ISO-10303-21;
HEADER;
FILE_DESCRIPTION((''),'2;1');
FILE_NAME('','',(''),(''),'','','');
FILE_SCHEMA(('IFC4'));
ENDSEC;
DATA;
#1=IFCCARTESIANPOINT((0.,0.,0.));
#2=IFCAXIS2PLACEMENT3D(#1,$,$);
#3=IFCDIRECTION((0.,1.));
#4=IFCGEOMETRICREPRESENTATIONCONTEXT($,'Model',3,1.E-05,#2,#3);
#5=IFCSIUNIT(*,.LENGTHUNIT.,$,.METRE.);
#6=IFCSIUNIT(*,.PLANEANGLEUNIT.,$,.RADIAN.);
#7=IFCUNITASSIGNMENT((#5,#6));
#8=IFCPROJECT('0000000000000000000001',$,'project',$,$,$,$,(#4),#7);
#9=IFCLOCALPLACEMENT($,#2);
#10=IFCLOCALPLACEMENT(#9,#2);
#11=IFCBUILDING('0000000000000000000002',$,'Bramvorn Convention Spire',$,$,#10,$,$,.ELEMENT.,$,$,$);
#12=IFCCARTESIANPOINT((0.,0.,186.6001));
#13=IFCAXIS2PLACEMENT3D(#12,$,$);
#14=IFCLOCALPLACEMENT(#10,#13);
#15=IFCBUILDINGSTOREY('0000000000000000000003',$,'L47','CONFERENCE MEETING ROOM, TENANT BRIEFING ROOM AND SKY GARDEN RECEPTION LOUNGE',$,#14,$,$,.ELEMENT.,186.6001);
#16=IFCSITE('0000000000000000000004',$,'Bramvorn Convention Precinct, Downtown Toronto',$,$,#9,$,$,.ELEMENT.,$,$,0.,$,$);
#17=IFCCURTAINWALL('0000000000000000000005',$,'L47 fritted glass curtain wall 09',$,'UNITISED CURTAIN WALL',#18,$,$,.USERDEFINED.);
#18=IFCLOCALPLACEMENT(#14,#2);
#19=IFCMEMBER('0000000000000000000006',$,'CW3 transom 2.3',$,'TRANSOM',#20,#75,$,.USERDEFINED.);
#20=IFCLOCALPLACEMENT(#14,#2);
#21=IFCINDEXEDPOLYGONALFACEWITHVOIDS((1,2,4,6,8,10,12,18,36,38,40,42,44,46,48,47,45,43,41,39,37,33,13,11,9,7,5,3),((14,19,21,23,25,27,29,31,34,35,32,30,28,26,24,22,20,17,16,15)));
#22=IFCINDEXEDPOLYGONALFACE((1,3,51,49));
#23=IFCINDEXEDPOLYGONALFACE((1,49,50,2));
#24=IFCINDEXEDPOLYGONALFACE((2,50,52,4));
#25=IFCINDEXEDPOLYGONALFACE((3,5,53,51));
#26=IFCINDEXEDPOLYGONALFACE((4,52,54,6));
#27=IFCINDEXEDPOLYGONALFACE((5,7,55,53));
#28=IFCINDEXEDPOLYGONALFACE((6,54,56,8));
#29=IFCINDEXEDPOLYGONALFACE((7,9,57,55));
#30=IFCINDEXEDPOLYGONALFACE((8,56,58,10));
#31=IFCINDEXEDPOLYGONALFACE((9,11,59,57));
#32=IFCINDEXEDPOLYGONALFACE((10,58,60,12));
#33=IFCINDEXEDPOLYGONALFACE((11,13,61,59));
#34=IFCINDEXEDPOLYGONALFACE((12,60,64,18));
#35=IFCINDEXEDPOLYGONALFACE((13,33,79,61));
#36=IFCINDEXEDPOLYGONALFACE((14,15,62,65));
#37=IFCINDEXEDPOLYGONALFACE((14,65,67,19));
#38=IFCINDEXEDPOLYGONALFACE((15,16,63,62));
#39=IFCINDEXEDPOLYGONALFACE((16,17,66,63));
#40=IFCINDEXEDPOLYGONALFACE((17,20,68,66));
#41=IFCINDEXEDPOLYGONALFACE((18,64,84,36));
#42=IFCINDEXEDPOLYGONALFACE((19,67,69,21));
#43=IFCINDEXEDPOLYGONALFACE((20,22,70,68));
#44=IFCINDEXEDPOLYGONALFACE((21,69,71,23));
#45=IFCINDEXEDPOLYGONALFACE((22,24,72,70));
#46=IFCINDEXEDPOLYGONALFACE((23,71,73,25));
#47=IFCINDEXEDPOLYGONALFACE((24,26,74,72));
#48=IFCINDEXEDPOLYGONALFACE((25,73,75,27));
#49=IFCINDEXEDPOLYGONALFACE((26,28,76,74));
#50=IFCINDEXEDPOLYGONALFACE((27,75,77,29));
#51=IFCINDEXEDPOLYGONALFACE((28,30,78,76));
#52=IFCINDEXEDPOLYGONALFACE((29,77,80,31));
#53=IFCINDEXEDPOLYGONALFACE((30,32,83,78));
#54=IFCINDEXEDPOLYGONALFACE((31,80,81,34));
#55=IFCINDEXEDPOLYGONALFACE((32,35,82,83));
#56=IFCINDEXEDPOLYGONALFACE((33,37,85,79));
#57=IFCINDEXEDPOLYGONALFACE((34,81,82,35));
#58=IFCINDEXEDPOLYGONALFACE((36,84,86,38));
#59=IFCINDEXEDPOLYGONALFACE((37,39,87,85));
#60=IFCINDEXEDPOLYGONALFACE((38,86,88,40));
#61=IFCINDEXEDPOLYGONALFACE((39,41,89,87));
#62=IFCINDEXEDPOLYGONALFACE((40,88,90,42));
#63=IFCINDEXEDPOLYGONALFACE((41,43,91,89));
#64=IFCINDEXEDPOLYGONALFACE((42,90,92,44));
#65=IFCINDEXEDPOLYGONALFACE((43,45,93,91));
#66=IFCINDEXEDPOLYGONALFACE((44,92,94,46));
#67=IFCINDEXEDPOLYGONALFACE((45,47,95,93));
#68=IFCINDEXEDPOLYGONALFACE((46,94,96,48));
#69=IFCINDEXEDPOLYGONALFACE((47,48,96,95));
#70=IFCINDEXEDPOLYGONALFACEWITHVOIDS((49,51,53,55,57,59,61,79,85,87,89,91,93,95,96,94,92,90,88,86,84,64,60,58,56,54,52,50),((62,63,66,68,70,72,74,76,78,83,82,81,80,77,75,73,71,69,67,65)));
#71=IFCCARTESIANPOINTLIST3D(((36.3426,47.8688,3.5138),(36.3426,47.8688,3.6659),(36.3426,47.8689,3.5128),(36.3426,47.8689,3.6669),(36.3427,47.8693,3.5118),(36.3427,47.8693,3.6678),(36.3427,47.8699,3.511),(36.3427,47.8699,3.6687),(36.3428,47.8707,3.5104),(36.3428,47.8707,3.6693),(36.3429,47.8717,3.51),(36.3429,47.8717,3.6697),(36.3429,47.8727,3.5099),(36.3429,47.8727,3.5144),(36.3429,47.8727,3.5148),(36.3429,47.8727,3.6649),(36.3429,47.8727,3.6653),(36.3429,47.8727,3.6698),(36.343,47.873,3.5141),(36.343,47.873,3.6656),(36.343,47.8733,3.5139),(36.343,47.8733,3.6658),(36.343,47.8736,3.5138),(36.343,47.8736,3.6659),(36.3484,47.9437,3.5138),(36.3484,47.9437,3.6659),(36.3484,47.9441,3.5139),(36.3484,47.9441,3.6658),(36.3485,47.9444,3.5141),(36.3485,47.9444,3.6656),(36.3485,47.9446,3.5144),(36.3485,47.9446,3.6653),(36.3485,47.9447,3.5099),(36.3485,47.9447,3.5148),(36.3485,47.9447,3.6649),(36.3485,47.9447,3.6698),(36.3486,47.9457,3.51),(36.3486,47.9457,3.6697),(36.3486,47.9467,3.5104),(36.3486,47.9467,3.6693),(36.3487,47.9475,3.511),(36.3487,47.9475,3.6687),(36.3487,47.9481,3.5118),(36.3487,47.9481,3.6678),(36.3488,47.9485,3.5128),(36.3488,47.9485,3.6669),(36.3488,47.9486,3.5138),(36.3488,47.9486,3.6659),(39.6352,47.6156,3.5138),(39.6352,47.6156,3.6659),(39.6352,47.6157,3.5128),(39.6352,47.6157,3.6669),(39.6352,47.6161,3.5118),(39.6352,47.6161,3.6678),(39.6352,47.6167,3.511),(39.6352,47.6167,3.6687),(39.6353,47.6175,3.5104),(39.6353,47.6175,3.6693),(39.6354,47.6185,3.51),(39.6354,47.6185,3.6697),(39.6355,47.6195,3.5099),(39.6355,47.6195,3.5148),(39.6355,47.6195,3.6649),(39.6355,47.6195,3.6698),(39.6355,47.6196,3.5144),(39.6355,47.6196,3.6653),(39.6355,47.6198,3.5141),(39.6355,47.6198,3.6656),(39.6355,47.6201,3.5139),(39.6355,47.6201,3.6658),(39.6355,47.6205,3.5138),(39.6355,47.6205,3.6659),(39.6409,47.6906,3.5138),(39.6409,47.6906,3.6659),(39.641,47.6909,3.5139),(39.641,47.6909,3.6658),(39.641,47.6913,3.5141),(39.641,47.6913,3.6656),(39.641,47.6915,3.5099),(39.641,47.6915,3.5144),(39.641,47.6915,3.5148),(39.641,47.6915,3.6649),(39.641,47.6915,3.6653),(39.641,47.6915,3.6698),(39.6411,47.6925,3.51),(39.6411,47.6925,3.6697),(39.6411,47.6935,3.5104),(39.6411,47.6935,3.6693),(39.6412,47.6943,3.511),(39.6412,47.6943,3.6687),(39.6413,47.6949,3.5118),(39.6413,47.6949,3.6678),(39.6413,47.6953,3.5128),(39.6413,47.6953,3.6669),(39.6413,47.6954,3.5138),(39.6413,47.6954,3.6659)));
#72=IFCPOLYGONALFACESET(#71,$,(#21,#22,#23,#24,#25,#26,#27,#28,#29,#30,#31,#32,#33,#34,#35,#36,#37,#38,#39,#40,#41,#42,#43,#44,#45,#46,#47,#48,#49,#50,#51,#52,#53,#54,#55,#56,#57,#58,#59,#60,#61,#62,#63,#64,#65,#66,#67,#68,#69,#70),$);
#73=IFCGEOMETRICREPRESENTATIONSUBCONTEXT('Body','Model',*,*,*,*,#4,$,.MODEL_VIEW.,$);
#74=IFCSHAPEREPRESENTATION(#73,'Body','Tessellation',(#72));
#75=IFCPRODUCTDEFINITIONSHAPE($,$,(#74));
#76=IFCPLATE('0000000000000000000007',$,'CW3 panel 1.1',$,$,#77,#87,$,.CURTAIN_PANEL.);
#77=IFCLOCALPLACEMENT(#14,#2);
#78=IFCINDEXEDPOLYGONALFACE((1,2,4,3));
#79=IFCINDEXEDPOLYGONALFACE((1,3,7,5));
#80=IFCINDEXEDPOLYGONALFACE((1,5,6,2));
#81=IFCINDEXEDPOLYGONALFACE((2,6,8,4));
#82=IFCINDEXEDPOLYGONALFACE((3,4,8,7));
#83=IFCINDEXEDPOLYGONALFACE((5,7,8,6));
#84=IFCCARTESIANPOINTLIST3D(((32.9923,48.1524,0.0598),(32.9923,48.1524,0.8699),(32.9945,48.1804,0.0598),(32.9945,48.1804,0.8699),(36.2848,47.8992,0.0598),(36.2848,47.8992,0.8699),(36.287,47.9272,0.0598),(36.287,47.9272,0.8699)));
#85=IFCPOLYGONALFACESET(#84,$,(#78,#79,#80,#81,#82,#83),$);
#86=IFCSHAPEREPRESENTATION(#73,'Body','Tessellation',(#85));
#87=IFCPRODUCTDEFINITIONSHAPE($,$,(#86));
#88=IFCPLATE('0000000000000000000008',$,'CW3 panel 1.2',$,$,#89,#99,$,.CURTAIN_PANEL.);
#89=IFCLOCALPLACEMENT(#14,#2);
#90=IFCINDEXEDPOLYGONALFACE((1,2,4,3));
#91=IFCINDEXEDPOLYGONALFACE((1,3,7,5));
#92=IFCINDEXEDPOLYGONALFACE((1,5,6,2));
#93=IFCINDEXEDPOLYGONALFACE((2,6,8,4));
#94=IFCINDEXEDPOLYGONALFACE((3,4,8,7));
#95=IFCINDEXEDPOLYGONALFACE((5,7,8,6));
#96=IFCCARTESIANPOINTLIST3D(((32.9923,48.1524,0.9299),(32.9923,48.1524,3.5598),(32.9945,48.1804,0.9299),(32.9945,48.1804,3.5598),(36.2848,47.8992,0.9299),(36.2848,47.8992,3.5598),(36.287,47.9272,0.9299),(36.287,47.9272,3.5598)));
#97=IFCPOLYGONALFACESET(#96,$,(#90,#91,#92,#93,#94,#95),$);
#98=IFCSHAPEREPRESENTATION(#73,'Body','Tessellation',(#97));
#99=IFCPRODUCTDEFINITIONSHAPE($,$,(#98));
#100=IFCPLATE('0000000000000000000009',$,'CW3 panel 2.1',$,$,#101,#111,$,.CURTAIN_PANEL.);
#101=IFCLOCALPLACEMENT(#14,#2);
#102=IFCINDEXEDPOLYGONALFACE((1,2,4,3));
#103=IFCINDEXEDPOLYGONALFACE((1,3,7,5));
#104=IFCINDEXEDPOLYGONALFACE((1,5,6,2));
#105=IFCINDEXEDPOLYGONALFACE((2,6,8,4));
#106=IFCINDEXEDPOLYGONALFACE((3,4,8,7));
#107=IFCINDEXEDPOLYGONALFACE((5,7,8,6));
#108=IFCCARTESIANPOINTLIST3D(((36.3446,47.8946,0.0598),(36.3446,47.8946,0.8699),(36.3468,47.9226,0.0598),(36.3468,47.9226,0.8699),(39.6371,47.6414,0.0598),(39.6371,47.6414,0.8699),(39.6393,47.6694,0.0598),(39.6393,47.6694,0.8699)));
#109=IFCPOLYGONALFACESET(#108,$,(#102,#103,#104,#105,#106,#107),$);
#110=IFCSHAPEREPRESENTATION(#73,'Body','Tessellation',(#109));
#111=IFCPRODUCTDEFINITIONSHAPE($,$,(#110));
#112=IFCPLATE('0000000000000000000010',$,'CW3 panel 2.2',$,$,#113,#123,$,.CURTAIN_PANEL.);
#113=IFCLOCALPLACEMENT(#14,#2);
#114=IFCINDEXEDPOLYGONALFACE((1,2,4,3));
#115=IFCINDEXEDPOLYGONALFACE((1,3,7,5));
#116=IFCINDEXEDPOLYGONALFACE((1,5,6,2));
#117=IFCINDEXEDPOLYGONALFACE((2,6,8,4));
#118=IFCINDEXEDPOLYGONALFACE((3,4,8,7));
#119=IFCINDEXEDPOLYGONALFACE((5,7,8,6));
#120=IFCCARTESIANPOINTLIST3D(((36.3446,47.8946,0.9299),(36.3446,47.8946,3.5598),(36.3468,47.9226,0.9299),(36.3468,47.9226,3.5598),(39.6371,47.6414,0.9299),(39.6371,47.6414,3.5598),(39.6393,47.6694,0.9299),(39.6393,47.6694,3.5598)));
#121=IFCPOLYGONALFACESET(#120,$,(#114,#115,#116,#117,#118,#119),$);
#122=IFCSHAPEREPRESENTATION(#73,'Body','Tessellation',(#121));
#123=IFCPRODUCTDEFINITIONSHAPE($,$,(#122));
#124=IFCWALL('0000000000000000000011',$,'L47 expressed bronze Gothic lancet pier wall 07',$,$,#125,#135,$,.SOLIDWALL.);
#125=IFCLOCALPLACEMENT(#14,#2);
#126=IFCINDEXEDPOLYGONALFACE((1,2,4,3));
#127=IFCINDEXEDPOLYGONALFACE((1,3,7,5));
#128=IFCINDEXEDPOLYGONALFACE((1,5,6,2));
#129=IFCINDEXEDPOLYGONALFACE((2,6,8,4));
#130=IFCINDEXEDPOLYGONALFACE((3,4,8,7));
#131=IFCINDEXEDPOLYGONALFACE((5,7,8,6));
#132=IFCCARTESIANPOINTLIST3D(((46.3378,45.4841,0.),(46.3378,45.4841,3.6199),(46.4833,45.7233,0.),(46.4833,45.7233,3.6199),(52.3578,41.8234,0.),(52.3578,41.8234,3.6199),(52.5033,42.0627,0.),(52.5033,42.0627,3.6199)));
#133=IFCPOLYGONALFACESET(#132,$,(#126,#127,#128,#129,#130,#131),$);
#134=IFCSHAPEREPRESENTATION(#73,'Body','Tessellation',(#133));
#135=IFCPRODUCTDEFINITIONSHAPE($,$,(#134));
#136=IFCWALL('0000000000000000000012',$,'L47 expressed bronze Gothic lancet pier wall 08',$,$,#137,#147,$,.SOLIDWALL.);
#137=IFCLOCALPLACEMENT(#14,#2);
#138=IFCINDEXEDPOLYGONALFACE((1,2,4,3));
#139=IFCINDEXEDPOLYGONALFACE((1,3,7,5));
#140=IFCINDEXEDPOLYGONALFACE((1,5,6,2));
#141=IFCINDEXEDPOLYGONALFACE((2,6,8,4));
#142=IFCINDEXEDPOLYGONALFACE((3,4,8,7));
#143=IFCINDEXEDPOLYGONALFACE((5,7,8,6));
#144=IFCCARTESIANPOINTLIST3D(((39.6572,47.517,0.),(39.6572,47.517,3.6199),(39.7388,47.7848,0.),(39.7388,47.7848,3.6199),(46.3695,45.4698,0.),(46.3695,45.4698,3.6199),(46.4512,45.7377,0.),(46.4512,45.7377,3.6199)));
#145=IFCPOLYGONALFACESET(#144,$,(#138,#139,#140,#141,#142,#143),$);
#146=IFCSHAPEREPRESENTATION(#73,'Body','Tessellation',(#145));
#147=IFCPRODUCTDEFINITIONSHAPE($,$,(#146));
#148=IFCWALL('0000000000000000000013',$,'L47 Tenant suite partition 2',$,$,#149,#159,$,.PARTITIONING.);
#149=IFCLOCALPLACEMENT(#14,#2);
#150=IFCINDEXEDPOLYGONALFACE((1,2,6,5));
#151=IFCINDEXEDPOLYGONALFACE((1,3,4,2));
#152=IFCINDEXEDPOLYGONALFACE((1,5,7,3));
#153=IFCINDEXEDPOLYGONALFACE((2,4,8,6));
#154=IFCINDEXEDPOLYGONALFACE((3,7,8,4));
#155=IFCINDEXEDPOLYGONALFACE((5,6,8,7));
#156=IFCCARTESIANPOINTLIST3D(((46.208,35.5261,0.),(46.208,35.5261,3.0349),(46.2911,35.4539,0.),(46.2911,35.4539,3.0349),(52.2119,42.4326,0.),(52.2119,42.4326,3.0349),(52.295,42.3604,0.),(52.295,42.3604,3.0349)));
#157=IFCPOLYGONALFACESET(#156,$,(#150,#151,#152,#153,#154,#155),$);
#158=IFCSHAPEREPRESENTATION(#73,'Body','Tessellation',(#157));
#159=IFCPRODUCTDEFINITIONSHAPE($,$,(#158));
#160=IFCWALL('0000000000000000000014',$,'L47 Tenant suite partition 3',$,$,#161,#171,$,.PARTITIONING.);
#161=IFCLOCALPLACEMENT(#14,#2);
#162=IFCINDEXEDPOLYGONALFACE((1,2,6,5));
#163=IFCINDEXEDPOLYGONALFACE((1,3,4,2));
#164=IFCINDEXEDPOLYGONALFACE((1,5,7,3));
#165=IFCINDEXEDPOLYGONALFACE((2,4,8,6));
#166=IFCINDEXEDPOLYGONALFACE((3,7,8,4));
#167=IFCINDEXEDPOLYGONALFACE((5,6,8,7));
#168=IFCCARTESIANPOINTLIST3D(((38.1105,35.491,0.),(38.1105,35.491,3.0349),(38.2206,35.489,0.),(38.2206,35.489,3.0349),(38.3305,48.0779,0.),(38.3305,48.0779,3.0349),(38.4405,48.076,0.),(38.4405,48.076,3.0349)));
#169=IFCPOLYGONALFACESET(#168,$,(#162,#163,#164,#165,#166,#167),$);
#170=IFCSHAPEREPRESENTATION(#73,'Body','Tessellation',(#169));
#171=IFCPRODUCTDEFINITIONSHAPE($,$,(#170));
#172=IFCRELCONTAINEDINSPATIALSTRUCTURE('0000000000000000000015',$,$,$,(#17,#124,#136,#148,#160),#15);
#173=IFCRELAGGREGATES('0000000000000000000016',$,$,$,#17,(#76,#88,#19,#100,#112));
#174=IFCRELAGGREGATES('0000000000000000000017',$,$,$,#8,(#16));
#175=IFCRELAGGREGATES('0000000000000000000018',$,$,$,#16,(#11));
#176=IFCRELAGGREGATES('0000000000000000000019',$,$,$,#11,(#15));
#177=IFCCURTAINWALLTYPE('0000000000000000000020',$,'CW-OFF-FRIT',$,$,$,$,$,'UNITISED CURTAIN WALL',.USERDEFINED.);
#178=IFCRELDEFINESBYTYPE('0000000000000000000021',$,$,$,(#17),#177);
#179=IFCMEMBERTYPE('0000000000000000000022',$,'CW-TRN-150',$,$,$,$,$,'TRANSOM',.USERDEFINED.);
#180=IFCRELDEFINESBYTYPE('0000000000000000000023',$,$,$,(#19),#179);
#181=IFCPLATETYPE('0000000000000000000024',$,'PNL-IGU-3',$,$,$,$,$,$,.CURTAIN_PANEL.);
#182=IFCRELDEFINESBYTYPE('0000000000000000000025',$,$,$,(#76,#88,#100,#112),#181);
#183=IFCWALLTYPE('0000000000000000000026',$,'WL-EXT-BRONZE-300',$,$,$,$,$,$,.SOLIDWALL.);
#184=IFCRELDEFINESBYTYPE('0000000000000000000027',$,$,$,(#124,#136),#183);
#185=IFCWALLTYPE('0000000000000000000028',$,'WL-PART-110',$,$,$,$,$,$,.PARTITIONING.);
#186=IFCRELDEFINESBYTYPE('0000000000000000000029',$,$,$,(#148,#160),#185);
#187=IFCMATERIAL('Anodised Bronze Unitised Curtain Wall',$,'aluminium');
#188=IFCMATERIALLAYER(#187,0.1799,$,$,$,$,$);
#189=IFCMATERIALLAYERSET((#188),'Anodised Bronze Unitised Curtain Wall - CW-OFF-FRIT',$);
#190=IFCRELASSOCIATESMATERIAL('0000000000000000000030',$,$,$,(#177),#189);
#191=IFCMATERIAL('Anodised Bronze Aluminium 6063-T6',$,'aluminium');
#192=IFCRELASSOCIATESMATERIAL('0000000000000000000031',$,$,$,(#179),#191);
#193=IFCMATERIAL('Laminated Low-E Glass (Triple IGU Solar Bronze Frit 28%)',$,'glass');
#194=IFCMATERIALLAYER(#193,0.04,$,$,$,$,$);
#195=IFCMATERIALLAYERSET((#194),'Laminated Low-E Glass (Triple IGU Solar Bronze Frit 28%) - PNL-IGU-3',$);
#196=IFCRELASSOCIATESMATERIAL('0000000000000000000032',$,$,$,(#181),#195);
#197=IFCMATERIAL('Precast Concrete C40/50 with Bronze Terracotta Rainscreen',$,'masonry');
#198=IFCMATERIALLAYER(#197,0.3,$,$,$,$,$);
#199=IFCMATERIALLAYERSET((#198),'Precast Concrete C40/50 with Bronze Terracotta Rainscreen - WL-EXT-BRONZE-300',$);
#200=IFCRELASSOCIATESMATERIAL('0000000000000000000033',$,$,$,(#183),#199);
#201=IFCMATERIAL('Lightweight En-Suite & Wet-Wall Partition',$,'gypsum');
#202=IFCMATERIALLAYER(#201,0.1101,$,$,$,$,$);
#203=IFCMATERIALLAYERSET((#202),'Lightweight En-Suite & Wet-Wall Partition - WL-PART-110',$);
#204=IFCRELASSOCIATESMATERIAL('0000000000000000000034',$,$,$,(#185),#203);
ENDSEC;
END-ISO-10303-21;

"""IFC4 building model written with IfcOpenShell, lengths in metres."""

from ifc_helpers import new_model, si_unit, direction, frame, frame_2d, origin, origin_2d, place, context, subcontext, project, spatial, rectangle, hollow_rectangle, extrude, material, layer, layer_set, material_profile, profile_set, type_object, element, aggregate, save


model = new_model("IFC4")

# Units and contexts
model_context = context("Model", 3, precision=1e-05, world=origin(), true_north=direction((0.0, 1.0)))
body_context = subcontext(model_context, "Body", "Model", "MODEL_VIEW")
ifc_project = project(units=[si_unit("LENGTHUNIT", "METRE"), si_unit("PLANEANGLEUNIT", "RADIAN")], contexts=[model_context])

# Site, building, storey
site_placement = place(None, origin())
site = spatial("IfcSite", under=ifc_project, at=site_placement, Name="Bramvorn Convention Precinct, Downtown Toronto", CompositionType="ELEMENT", RefElevation=0.0)
building_placement = place(site_placement, origin())
building = spatial("IfcBuilding", under=site, at=building_placement, Name="Bramvorn Convention Spire", CompositionType="ELEMENT")
storey_placement = place(building_placement, frame((0.0, 0.0, 186.6001)))
storey = spatial("IfcBuildingStorey", under=building, at=storey_placement, Name="L47", Description="CONFERENCE MEETING ROOM, TENANT BRIEFING ROOM AND SKY GARDEN RECEPTION LOUNGE", CompositionType="ELEMENT", Elevation=186.6001)

# Curtain wall, member, plates
ifc_material_1 = material(Name="Anodised Bronze Unitised Curtain Wall", Category="aluminium")
ifc_layer_1 = layer(ifc_material_1, 0.1799)
ifc_layer_set_1 = layer_set([ifc_layer_1], Name="Anodised Bronze Unitised Curtain Wall - CW-OFF-FRIT")
curtain_wall_type = type_object("IfcCurtainWallType", Name="CW-OFF-FRIT", ElementType="UNITISED CURTAIN WALL", PredefinedType="USERDEFINED", material=ifc_layer_set_1)
curtain_wall_placement = place(storey_placement, origin())
curtain_wall = element("IfcCurtainWall", 1, at=curtain_wall_placement, inside=storey, type_object=curtain_wall_type, Name="L47 fritted glass curtain wall 09", ObjectType="UNITISED CURTAIN WALL", PredefinedType="USERDEFINED")
ifc_material_2 = material(Name="Anodised Bronze Aluminium 6063-T6", Category="aluminium")
ifc_material_profile_1 = material_profile(ifc_material_2, hollow_rectangle(XDim=0.0801, YDim=0.1599, WallThickness=0.0039, InnerFilletRadius=0.001, OuterFilletRadius=0.0039, at=origin_2d()))
ifc_profile_set_1 = profile_set([ifc_material_profile_1], Name="Anodised Bronze Aluminium 6063-T6 - CWT80X160")
member_type_1 = type_object("IfcMemberType", Name="CW-TRN-150", ElementType="TRANSOM", PredefinedType="USERDEFINED", material=ifc_profile_set_1)
member_1_placement = place(storey_placement, frame((36.3457, 47.9087, 3.5898), z_axis=(0.997057, -0.076668, 0.0), x_axis=(0.076668, 0.997057, 0.0)))
member_1 = element("IfcMember", 2, at=member_1_placement, type_object=member_type_1, Name="CW3 transom 2.3", ObjectType="TRANSOM", PredefinedType="USERDEFINED", context=body_context, shape_type="SweptSolid", body=[
    extrude(hollow_rectangle(XDim=0.0801, YDim=0.1599, WallThickness=0.0039, InnerFilletRadius=0.001, OuterFilletRadius=0.0039, at=origin_2d()), origin(), (0.0, 0.0, 1.0), 3.3022),
])
ifc_material_3 = material(Name="Laminated Low-E Glass (Triple IGU Solar Bronze Frit 28%)", Category="glass")
ifc_layer_2 = layer(ifc_material_3, 0.04)
ifc_layer_set_2 = layer_set([ifc_layer_2], Name="Laminated Low-E Glass (Triple IGU Solar Bronze Frit 28%) - PNL-IGU-3")
plate_type = type_object("IfcPlateType", Name="PNL-IGU-3", PredefinedType="CURTAIN_PANEL", material=ifc_layer_set_2)
plate_1_placement = place(storey_placement, frame((34.6396, 48.0398, 0.0598), z_axis=(0.0, 0.0, 1.0), x_axis=(0.997056, -0.076675, 0.0)))
plate_1 = element("IfcPlate", 3, at=plate_1_placement, type_object=plate_type, Name="CW3 panel 1.1", PredefinedType="CURTAIN_PANEL", context=body_context, shape_type="SweptSolid", body=[
    extrude(rectangle(XDim=3.3022, YDim=0.0281, at=origin_2d()), origin(), (0.0, 0.0, 1.0), 0.8101),
])
plate_2_placement = place(storey_placement, frame((34.6396, 48.0398, 0.9299), z_axis=(0.0, 0.0, 1.0), x_axis=(0.997056, -0.076675, 0.0)))
plate_2 = element("IfcPlate", 4, at=plate_2_placement, type_object=plate_type, Name="CW3 panel 1.2", PredefinedType="CURTAIN_PANEL", context=body_context, shape_type="SweptSolid", body=[
    extrude(rectangle(XDim=3.3022, YDim=0.0281, at=origin_2d()), origin(), (0.0, 0.0, 1.0), 2.6299),
])
plate_3_placement = place(storey_placement, frame((37.9919, 47.782, 0.0598), z_axis=(0.0, 0.0, 1.0), x_axis=(0.997056, -0.076675, 0.0)))
plate_3 = element("IfcPlate", 5, at=plate_3_placement, type_object=plate_type, Name="CW3 panel 2.1", PredefinedType="CURTAIN_PANEL", context=body_context, shape_type="SweptSolid", body=[
    extrude(rectangle(XDim=3.3022, YDim=0.0281, at=origin_2d()), origin(), (0.0, 0.0, 1.0), 0.8101),
])
plate_4_placement = place(storey_placement, frame((37.9919, 47.782, 0.9299), z_axis=(0.0, 0.0, 1.0), x_axis=(0.997056, -0.076675, 0.0)))
plate_4 = element("IfcPlate", 6, at=plate_4_placement, type_object=plate_type, Name="CW3 panel 2.2", PredefinedType="CURTAIN_PANEL", context=body_context, shape_type="SweptSolid", body=[
    extrude(rectangle(XDim=3.3022, YDim=0.0281, at=origin_2d()), origin(), (0.0, 0.0, 1.0), 2.6299),
])
aggregate(curtain_wall, [plate_1, plate_2, member_1, plate_3, plate_4])

# Walls
ifc_material_4 = material(Name="Precast Concrete C40/50 with Bronze Terracotta Rainscreen", Category="masonry")
ifc_layer_3 = layer(ifc_material_4, 0.3)
ifc_layer_set_3 = layer_set([ifc_layer_3], Name="Precast Concrete C40/50 with Bronze Terracotta Rainscreen - WL-EXT-BRONZE-300")
wall_type_1 = type_object("IfcWallType", Name="WL-EXT-BRONZE-300", PredefinedType="SOLIDWALL", material=ifc_layer_set_3)
wall_1_placement = place(storey_placement, frame((46.4104, 45.6038, 0.0), z_axis=(0.0, 0.0, 1.0), x_axis=(0.854433, -0.519562, 0.0)))
element("IfcWall", 7, at=wall_1_placement, inside=storey, type_object=wall_type_1, Name="L47 expressed bronze Gothic lancet pier wall 07", PredefinedType="SOLIDWALL", context=body_context, shape_type="SweptSolid", body=[
    extrude(rectangle(XDim=7.0457, YDim=0.28, at=frame_2d((3.5229, 0.0))), origin(), (0.0, 0.0, 1.0), 3.6199),
])
wall_2_placement = place(storey_placement, frame((39.698, 47.6509, 0.0), z_axis=(0.0, 0.0, 1.0), x_axis=(0.956506, -0.291711, 0.0)))
element("IfcWall", 8, at=wall_2_placement, inside=storey, type_object=wall_type_1, Name="L47 expressed bronze Gothic lancet pier wall 08", PredefinedType="SOLIDWALL", context=body_context, shape_type="SweptSolid", body=[
    extrude(rectangle(XDim=7.0176, YDim=0.28, at=frame_2d((3.5088, 0.0))), origin(), (0.0, 0.0, 1.0), 3.6199),
])
ifc_material_5 = material(Name="Lightweight En-Suite & Wet-Wall Partition", Category="gypsum")
ifc_layer_4 = layer(ifc_material_5, 0.1101)
ifc_layer_set_4 = layer_set([ifc_layer_4], Name="Lightweight En-Suite & Wet-Wall Partition - WL-PART-110")
wall_type_2 = type_object("IfcWallType", Name="WL-PART-110", PredefinedType="PARTITIONING", material=ifc_layer_set_4)
wall_3_placement = place(storey_placement, frame((46.2495, 35.49, 0.0), z_axis=(0.0, 0.0, 1.0), x_axis=(0.65607, 0.7547, 0.0)))
element("IfcWall", 9, at=wall_3_placement, inside=storey, type_object=wall_type_2, Name="L47 Tenant suite partition 2", PredefinedType="PARTITIONING", context=body_context, shape_type="SweptSolid", body=[
    extrude(rectangle(XDim=9.1514, YDim=0.1101, at=frame_2d((4.5757, 0.0))), origin(), (0.0, 0.0, 1.0), 3.0349),
])
wall_4_placement = place(storey_placement, frame((38.1655, 35.49, 0.0), z_axis=(0.0, 0.0, 1.0), x_axis=(0.017473, 0.999847, 0.0)))
element("IfcWall", 10, at=wall_4_placement, inside=storey, type_object=wall_type_2, Name="L47 Tenant suite partition 3", PredefinedType="PARTITIONING", context=body_context, shape_type="SweptSolid", body=[
    extrude(rectangle(XDim=12.5889, YDim=0.1101, at=frame_2d((6.2944, 0.0))), origin(), (0.0, 0.0, 1.0), 3.0349),
])

save(model, "model.ifc")
